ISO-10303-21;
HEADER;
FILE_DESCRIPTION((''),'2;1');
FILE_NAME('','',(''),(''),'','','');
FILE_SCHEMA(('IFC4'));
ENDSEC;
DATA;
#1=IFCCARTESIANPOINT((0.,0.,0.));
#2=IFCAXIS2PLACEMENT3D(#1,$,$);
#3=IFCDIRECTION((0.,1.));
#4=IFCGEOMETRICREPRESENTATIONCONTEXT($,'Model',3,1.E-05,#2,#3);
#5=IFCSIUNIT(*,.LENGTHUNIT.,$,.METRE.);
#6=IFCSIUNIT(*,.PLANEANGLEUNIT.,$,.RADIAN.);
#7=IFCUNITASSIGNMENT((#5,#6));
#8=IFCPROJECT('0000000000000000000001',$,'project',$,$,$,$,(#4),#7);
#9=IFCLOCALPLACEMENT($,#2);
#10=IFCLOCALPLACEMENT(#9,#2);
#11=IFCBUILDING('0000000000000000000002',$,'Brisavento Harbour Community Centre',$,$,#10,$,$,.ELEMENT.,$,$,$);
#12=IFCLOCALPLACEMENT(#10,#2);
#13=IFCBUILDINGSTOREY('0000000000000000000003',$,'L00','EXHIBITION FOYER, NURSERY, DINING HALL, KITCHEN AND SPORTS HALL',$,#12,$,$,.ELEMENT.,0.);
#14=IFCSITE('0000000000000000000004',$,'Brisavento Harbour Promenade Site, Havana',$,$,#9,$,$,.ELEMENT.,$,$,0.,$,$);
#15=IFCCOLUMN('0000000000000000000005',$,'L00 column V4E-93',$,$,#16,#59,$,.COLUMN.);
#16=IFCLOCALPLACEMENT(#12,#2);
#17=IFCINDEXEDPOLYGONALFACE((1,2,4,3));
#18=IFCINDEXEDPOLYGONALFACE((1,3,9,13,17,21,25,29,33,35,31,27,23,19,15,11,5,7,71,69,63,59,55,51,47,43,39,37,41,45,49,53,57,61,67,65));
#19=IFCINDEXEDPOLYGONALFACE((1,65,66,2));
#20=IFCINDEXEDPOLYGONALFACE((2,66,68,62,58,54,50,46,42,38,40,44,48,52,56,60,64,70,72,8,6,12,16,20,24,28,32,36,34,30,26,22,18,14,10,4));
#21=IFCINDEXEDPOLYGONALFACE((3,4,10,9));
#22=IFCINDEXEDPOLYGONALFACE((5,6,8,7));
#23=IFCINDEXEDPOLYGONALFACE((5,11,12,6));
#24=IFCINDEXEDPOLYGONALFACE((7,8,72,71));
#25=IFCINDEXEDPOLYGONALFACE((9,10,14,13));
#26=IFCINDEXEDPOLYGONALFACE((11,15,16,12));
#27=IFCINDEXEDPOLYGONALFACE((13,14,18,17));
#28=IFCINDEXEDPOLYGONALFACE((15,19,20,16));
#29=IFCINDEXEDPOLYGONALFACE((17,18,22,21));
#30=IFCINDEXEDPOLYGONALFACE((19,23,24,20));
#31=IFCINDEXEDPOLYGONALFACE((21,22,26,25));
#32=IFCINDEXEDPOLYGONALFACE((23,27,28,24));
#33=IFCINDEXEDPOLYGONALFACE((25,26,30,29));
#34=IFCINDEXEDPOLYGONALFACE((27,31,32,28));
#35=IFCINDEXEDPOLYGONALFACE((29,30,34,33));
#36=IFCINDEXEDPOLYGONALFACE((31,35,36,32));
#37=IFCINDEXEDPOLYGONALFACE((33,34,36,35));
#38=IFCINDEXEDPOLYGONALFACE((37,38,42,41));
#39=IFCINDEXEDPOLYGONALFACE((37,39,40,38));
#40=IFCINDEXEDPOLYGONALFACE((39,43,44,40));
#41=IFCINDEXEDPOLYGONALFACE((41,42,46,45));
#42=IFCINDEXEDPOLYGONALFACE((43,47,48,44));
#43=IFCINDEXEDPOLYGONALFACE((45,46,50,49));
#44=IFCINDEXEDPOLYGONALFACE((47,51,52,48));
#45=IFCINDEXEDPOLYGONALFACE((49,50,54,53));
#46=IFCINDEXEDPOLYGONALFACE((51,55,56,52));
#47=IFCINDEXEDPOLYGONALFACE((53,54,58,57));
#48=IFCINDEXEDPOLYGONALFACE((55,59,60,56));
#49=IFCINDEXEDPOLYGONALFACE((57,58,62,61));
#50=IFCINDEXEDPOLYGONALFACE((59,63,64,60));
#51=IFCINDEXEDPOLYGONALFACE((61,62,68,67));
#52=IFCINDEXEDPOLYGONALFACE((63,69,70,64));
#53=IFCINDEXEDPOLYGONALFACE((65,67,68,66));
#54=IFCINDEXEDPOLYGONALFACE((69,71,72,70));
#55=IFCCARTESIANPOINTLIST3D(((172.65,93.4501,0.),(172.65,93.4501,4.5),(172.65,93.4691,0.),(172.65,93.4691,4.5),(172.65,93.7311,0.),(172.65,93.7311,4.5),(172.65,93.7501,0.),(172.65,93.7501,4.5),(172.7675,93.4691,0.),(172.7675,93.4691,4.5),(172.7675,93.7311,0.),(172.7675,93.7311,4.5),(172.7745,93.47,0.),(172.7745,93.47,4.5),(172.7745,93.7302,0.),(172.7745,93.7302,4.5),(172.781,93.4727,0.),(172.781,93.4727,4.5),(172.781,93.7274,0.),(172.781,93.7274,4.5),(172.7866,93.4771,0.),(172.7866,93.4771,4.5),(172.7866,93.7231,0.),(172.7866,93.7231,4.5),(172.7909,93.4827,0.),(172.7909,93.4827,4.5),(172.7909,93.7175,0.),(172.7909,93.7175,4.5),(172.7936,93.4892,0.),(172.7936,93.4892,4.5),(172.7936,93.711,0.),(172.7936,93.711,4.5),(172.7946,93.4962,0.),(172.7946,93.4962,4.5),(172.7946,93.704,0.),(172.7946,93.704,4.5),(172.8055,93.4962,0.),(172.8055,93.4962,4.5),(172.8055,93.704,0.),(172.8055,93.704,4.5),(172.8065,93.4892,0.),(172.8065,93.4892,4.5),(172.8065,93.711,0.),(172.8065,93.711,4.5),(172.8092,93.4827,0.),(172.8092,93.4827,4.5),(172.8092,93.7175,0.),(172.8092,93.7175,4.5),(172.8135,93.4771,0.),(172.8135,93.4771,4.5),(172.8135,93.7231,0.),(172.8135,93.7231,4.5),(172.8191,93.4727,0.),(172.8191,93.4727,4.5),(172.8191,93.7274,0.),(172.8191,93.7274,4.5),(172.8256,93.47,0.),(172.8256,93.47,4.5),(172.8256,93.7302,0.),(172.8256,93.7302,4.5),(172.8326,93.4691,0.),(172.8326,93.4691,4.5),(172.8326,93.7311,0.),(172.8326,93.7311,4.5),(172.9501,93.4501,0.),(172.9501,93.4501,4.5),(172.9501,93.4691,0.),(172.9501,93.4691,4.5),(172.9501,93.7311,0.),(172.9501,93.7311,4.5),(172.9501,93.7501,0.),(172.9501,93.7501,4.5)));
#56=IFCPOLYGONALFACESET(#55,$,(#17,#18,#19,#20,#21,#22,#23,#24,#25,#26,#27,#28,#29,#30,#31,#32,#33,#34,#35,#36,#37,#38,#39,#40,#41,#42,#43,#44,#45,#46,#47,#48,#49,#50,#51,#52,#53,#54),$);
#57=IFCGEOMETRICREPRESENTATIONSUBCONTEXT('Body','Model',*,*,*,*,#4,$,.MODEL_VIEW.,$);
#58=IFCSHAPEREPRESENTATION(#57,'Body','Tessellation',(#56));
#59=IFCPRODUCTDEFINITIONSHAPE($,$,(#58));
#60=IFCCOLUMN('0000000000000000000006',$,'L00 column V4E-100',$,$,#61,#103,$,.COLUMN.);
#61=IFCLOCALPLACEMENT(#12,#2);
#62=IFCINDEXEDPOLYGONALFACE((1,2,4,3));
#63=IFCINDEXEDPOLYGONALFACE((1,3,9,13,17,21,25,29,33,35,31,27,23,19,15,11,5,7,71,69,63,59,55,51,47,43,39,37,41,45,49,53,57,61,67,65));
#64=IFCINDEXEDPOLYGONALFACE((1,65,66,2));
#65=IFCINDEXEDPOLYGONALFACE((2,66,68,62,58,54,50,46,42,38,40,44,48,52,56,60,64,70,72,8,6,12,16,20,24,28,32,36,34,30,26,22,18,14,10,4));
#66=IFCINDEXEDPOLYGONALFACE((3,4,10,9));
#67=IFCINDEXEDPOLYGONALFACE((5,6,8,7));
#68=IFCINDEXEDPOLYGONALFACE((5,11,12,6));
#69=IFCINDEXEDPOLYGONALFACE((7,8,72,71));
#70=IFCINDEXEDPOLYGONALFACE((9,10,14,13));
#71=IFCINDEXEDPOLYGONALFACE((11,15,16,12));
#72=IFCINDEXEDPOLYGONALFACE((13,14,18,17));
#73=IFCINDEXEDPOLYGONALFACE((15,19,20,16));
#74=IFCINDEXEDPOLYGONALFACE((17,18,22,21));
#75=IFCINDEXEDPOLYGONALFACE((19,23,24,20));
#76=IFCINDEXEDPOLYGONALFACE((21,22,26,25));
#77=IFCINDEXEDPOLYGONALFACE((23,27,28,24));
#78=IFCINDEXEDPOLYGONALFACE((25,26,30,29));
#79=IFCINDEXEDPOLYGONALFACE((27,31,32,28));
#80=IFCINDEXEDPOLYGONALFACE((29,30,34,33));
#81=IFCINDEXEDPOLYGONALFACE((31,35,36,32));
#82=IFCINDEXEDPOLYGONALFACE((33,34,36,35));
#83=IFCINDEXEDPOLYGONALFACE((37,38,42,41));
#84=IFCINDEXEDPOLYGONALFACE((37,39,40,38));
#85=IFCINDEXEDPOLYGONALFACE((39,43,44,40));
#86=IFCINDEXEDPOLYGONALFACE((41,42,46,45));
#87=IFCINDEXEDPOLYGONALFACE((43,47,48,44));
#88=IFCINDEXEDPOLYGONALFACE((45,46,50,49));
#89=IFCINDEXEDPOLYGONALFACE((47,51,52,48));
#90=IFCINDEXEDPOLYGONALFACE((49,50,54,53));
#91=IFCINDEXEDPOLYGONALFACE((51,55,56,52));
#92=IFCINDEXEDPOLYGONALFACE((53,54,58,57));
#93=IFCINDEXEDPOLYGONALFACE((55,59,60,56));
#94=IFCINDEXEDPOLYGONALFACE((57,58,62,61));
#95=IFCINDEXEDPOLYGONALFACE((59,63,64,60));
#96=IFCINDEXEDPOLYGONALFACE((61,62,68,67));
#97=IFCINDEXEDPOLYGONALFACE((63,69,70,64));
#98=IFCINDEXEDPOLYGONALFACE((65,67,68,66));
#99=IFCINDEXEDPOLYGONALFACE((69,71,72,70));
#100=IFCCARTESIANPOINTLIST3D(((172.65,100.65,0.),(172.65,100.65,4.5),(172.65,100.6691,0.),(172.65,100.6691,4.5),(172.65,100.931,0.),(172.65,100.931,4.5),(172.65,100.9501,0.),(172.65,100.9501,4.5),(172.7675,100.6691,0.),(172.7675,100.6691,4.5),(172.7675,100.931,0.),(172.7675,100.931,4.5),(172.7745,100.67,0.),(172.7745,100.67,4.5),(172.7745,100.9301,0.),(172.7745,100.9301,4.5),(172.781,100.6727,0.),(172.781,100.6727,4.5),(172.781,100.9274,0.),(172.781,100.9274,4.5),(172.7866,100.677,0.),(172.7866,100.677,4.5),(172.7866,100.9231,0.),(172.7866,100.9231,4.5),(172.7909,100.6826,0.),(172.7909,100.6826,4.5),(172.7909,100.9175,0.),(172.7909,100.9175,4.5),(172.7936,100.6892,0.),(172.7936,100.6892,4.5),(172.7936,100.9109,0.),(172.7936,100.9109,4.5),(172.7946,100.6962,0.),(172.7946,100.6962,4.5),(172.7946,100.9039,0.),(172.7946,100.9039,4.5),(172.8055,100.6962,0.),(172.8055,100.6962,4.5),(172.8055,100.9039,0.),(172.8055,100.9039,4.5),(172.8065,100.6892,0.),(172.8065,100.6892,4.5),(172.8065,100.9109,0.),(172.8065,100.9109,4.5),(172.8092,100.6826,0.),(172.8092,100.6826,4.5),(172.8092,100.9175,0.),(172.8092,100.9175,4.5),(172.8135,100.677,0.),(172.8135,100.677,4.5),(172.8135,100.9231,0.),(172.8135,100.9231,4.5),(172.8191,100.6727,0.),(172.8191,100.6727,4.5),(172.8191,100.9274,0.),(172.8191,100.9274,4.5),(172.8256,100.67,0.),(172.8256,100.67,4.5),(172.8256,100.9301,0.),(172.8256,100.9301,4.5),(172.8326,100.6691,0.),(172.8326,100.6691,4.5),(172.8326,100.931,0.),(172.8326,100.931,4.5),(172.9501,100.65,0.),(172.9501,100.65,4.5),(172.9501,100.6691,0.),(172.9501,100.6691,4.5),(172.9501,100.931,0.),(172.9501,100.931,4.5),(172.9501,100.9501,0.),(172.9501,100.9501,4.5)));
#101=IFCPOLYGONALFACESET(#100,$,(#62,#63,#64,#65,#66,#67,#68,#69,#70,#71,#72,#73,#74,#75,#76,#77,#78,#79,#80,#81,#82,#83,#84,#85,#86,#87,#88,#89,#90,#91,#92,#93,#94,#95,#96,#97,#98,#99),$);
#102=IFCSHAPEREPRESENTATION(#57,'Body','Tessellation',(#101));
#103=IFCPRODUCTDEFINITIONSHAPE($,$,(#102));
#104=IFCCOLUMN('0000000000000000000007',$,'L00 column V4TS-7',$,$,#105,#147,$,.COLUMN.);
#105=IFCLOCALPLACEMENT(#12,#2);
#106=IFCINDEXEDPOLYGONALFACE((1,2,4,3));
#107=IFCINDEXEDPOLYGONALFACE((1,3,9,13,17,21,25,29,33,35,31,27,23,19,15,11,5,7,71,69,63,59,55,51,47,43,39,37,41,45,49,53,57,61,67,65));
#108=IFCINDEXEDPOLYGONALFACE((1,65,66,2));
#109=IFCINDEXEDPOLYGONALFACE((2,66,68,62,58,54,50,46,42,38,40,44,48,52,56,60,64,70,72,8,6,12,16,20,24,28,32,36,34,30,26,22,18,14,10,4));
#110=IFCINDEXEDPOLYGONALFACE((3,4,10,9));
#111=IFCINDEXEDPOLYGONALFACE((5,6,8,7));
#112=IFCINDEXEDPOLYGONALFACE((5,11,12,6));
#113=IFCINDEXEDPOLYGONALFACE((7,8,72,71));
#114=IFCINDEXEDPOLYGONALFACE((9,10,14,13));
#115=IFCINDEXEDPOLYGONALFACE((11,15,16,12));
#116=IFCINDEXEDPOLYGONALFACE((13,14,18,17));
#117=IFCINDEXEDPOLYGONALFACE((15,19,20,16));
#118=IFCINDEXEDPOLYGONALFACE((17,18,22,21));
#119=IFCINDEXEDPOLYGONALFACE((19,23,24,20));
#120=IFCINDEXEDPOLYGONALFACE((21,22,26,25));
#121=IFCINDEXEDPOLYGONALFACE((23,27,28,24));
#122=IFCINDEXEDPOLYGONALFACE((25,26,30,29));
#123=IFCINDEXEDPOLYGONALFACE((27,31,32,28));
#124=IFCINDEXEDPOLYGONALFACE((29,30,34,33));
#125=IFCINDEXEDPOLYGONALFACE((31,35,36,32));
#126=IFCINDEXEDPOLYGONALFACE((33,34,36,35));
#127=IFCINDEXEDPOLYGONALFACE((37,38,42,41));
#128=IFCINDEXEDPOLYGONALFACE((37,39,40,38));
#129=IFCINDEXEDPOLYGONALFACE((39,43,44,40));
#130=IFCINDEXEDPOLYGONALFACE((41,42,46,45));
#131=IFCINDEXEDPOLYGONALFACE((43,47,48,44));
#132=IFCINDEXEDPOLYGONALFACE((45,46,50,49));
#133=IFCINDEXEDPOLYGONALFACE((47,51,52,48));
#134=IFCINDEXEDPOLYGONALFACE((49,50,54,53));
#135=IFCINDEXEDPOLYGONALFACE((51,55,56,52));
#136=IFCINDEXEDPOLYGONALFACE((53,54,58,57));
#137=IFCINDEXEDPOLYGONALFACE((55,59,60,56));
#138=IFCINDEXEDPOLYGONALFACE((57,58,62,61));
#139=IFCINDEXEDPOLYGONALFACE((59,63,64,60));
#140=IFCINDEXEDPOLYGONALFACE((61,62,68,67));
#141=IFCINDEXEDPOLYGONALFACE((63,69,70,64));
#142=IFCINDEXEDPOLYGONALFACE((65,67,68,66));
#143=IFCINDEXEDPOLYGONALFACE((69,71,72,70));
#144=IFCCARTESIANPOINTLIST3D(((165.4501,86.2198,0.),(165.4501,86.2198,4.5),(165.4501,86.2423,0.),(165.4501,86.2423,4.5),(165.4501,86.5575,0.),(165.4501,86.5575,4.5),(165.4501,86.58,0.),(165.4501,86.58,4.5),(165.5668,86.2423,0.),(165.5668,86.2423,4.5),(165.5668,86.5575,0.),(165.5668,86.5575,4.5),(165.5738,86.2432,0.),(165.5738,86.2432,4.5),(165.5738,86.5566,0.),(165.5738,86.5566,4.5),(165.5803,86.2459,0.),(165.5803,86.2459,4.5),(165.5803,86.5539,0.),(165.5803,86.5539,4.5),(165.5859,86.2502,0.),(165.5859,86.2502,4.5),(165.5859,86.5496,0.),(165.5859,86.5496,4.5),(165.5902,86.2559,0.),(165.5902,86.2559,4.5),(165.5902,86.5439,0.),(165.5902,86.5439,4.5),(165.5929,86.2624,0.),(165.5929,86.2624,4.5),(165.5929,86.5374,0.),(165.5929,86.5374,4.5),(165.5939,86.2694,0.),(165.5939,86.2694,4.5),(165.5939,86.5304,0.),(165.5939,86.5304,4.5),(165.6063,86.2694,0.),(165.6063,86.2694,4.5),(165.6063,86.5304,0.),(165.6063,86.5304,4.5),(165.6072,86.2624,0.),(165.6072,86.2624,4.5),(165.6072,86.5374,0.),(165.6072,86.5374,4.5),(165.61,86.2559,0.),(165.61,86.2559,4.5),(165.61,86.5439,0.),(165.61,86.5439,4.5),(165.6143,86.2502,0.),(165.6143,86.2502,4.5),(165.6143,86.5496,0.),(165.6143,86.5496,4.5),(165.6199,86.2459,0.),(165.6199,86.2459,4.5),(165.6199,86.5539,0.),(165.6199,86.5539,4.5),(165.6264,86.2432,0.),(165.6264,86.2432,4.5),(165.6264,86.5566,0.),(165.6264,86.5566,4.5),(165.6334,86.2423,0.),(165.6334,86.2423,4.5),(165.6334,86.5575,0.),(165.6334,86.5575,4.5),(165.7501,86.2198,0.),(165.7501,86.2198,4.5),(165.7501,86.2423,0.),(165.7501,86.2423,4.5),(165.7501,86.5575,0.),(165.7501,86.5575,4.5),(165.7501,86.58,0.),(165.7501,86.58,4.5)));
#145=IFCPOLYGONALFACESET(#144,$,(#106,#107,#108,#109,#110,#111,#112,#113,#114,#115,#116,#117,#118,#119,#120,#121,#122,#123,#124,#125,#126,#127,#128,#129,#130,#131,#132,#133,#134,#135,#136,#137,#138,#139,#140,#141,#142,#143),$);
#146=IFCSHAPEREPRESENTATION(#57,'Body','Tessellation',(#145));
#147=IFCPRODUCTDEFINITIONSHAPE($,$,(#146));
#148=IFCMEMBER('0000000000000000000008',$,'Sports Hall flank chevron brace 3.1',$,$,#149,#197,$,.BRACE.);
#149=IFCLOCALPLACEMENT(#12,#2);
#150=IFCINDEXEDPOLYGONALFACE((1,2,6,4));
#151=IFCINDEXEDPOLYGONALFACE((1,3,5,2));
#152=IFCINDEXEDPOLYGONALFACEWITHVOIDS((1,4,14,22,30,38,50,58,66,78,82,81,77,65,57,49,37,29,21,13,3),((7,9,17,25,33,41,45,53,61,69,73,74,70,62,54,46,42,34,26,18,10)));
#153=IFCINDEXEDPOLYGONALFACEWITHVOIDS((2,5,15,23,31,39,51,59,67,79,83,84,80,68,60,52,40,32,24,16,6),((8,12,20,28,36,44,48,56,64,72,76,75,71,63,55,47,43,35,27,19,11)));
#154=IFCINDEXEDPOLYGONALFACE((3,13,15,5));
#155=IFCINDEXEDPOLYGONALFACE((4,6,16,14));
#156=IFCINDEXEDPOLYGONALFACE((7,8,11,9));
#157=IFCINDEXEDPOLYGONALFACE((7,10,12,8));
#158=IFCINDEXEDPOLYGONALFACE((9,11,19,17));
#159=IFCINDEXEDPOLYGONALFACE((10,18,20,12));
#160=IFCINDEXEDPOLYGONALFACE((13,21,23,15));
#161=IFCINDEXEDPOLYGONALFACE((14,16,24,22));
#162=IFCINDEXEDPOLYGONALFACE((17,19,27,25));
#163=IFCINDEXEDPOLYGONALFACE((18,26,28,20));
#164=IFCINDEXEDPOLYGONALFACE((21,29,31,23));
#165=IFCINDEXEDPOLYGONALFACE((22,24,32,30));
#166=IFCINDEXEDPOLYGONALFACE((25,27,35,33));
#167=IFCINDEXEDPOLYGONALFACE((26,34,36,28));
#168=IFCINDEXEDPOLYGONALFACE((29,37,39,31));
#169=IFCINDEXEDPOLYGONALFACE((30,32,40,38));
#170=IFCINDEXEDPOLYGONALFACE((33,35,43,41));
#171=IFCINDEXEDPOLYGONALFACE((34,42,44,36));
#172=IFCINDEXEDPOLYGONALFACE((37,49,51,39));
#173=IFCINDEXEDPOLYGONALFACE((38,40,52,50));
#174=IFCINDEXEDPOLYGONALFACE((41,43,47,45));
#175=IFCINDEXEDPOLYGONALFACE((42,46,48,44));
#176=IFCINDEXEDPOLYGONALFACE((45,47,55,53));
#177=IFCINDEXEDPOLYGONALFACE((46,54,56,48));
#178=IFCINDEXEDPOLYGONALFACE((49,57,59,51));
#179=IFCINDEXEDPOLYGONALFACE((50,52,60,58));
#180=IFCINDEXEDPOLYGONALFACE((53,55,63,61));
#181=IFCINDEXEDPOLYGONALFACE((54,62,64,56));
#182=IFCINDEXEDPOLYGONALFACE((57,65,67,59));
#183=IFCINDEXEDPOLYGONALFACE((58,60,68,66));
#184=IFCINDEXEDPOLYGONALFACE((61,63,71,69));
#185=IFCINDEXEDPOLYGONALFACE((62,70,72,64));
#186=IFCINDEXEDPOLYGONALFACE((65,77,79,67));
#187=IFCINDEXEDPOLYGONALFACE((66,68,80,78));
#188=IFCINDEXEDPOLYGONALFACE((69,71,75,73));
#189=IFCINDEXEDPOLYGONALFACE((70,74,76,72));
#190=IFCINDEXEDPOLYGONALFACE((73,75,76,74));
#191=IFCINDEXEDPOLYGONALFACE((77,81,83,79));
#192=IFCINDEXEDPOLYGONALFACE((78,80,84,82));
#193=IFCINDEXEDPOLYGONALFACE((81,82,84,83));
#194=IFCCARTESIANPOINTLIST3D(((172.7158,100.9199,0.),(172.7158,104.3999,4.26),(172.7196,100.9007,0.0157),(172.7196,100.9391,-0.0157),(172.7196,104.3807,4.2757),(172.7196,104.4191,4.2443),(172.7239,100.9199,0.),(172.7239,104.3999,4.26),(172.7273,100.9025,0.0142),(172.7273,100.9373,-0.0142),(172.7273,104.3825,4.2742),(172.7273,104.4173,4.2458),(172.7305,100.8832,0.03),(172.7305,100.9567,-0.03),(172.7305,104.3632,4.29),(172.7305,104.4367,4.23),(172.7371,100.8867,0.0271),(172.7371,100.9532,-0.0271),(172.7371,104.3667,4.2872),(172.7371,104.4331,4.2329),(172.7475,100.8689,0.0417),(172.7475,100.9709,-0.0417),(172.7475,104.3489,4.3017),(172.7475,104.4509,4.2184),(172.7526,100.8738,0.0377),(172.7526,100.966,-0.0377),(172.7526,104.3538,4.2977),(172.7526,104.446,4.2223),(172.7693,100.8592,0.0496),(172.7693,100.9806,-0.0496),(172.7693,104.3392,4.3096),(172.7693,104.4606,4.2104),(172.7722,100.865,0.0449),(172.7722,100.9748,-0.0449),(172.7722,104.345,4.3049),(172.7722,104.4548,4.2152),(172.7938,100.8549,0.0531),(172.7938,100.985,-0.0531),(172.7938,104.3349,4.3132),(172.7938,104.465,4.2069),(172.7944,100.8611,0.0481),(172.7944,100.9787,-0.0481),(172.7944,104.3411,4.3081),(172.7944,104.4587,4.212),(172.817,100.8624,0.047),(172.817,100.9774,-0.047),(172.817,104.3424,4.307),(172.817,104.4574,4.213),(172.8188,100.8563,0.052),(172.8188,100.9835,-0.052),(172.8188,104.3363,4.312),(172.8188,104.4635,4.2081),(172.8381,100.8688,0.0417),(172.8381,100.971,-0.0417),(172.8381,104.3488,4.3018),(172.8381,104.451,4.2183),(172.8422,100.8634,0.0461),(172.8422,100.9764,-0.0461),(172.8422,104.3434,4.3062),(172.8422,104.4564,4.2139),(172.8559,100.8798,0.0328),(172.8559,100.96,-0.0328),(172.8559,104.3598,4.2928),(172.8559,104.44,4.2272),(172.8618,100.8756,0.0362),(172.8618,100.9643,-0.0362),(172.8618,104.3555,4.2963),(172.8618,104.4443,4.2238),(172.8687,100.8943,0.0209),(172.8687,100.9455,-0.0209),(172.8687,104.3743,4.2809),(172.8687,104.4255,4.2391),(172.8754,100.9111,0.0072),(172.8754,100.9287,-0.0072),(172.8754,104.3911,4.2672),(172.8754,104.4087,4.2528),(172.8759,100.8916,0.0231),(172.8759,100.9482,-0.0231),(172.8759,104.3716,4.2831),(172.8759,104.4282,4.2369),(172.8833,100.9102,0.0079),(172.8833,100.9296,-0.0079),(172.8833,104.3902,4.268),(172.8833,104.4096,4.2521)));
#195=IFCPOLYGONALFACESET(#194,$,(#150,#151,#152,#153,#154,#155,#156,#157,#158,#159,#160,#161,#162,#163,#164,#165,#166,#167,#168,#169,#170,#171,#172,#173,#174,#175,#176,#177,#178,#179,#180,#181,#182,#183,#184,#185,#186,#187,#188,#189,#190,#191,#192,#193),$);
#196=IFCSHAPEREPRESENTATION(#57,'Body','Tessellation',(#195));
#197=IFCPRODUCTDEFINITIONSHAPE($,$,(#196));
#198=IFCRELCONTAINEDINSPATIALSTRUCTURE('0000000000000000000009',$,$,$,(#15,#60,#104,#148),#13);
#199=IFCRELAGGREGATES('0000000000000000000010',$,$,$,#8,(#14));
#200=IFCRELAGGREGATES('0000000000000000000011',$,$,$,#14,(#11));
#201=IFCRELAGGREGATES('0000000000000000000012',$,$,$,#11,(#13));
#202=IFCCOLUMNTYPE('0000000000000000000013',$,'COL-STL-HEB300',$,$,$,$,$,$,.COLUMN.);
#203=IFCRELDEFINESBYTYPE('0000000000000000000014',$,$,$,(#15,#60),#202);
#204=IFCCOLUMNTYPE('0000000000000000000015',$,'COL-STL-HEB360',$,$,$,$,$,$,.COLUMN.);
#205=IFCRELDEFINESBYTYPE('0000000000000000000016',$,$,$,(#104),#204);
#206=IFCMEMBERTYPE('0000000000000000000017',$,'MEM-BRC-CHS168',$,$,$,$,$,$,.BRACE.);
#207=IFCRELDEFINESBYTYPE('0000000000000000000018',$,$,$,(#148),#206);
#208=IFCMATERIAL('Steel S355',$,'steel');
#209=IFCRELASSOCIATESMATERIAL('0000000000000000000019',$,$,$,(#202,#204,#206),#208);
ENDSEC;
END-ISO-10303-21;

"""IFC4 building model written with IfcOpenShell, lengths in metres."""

from ifc_helpers import new_model, si_unit, direction, frame, origin, origin_2d, place, context, subcontext, project, spatial, hollow_circle, i_section, extrude, material, material_profile, profile_set, type_object, element, save


model = new_model("IFC4")

# Units and contexts
model_context = context("Model", 3, precision=1e-05, world=origin(), true_north=direction((0.0, 1.0)))
body_context = subcontext(model_context, "Body", "Model", "MODEL_VIEW")
ifc_project = project(units=[si_unit("LENGTHUNIT", "METRE"), si_unit("PLANEANGLEUNIT", "RADIAN")], contexts=[model_context])

# Site, building, storey
site_placement = place(None, origin())
site = spatial("IfcSite", under=ifc_project, at=site_placement, Name="Brisavento Harbour Promenade Site, Havana", CompositionType="ELEMENT", RefElevation=0.0)
building_placement = place(site_placement, origin())
building = spatial("IfcBuilding", under=site, at=building_placement, Name="Brisavento Harbour Community Centre", CompositionType="ELEMENT")
storey_placement = place(building_placement, origin())
storey = spatial("IfcBuildingStorey", under=building, at=storey_placement, Name="L00", Description="EXHIBITION FOYER, NURSERY, DINING HALL, KITCHEN AND SPORTS HALL", CompositionType="ELEMENT", Elevation=0.0)

# Columns
ifc_material_1 = material(Name="Steel S355", Category="steel")
ifc_material_profile_1 = material_profile(ifc_material_1, i_section(OverallWidth=0.3, OverallDepth=0.3, WebThickness=0.011, FlangeThickness=0.019, FilletRadius=0.0271, at=origin_2d()), Name="Steel S355")
ifc_profile_set_1 = profile_set([ifc_material_profile_1], Name="Steel S355")
column_type_1 = type_object("IfcColumnType", Name="COL-STL-HEB300", PredefinedType="COLUMN", material=ifc_profile_set_1)
for number, where, z_axis, x_axis, name in (
    (1, (172.8, 93.6001, 0.0), (0.0, 0.0, 1.0), (1.0, 0.0, 0.0), "L00 column V4E-93"),
    (2, (172.8, 100.8, 0.0), (0.0, 0.0, 1.0), (1.0, 0.0, 0.0), "L00 column V4E-100"),
):
    element("IfcColumn", number, at=place(storey_placement, frame(where, z_axis=z_axis, x_axis=x_axis)), inside=storey, type_object=column_type_1, Name=name, PredefinedType="COLUMN", context=body_context, shape_type="SweptSolid", body=[
        extrude(i_section(OverallWidth=0.3, OverallDepth=0.3, WebThickness=0.011, FlangeThickness=0.019, FilletRadius=0.0271, at=origin_2d()), origin(), (0.0, 0.0, 1.0), 4.5),
    ])
ifc_material_profile_2 = material_profile(ifc_material_1, i_section(OverallWidth=0.3, OverallDepth=0.3601, WebThickness=0.0125, FlangeThickness=0.0225, FilletRadius=0.0271, at=origin_2d()), Name="Steel S355")
ifc_profile_set_2 = profile_set([ifc_material_profile_2], Name="Steel S355")
column_type_2 = type_object("IfcColumnType", Name="COL-STL-HEB360", PredefinedType="COLUMN", material=ifc_profile_set_2)
column_placement = place(storey_placement, frame((165.6001, 86.3999, 0.0), z_axis=(0.0, 0.0, 1.0), x_axis=(1.0, 0.0, 0.0)))
element("IfcColumn", 3, at=column_placement, inside=storey, type_object=column_type_2, Name="L00 column V4TS-7", PredefinedType="COLUMN", context=body_context, shape_type="SweptSolid", body=[
    extrude(i_section(OverallWidth=0.3, OverallDepth=0.3601, WebThickness=0.0125, FlangeThickness=0.0225, FilletRadius=0.0271, at=origin_2d()), origin(), (0.0, 0.0, 1.0), 4.5),
])

# Member
ifc_material_profile_3 = material_profile(ifc_material_1, hollow_circle(Radius=0.0842, WallThickness=0.0081, at=origin_2d()), Name="Steel S355")
ifc_profile_set_3 = profile_set([ifc_material_profile_3], Name="Steel S355")
member_type_1 = type_object("IfcMemberType", Name="MEM-BRC-CHS168", PredefinedType="BRACE", material=ifc_profile_set_3)
for number, where, z_axis, x_axis, name in (
    (4, (172.8, 100.9199, 0.0), (0.0, 0.632641, 0.774446), (-1.0, 0.0, 0.0), "Sports Hall flank chevron brace 3.1"),
):
    element("IfcMember", number, at=place(storey_placement, frame(where, z_axis=z_axis, x_axis=x_axis)), inside=storey, type_object=member_type_1, Name=name, PredefinedType="BRACE", context=body_context, shape_type="SweptSolid", body=[
        extrude(hollow_circle(Radius=0.0842, WallThickness=0.0081, at=origin_2d()), origin(), (0.0, 0.0, 1.0), 5.5007),
    ])

save(model, "model.ifc")
